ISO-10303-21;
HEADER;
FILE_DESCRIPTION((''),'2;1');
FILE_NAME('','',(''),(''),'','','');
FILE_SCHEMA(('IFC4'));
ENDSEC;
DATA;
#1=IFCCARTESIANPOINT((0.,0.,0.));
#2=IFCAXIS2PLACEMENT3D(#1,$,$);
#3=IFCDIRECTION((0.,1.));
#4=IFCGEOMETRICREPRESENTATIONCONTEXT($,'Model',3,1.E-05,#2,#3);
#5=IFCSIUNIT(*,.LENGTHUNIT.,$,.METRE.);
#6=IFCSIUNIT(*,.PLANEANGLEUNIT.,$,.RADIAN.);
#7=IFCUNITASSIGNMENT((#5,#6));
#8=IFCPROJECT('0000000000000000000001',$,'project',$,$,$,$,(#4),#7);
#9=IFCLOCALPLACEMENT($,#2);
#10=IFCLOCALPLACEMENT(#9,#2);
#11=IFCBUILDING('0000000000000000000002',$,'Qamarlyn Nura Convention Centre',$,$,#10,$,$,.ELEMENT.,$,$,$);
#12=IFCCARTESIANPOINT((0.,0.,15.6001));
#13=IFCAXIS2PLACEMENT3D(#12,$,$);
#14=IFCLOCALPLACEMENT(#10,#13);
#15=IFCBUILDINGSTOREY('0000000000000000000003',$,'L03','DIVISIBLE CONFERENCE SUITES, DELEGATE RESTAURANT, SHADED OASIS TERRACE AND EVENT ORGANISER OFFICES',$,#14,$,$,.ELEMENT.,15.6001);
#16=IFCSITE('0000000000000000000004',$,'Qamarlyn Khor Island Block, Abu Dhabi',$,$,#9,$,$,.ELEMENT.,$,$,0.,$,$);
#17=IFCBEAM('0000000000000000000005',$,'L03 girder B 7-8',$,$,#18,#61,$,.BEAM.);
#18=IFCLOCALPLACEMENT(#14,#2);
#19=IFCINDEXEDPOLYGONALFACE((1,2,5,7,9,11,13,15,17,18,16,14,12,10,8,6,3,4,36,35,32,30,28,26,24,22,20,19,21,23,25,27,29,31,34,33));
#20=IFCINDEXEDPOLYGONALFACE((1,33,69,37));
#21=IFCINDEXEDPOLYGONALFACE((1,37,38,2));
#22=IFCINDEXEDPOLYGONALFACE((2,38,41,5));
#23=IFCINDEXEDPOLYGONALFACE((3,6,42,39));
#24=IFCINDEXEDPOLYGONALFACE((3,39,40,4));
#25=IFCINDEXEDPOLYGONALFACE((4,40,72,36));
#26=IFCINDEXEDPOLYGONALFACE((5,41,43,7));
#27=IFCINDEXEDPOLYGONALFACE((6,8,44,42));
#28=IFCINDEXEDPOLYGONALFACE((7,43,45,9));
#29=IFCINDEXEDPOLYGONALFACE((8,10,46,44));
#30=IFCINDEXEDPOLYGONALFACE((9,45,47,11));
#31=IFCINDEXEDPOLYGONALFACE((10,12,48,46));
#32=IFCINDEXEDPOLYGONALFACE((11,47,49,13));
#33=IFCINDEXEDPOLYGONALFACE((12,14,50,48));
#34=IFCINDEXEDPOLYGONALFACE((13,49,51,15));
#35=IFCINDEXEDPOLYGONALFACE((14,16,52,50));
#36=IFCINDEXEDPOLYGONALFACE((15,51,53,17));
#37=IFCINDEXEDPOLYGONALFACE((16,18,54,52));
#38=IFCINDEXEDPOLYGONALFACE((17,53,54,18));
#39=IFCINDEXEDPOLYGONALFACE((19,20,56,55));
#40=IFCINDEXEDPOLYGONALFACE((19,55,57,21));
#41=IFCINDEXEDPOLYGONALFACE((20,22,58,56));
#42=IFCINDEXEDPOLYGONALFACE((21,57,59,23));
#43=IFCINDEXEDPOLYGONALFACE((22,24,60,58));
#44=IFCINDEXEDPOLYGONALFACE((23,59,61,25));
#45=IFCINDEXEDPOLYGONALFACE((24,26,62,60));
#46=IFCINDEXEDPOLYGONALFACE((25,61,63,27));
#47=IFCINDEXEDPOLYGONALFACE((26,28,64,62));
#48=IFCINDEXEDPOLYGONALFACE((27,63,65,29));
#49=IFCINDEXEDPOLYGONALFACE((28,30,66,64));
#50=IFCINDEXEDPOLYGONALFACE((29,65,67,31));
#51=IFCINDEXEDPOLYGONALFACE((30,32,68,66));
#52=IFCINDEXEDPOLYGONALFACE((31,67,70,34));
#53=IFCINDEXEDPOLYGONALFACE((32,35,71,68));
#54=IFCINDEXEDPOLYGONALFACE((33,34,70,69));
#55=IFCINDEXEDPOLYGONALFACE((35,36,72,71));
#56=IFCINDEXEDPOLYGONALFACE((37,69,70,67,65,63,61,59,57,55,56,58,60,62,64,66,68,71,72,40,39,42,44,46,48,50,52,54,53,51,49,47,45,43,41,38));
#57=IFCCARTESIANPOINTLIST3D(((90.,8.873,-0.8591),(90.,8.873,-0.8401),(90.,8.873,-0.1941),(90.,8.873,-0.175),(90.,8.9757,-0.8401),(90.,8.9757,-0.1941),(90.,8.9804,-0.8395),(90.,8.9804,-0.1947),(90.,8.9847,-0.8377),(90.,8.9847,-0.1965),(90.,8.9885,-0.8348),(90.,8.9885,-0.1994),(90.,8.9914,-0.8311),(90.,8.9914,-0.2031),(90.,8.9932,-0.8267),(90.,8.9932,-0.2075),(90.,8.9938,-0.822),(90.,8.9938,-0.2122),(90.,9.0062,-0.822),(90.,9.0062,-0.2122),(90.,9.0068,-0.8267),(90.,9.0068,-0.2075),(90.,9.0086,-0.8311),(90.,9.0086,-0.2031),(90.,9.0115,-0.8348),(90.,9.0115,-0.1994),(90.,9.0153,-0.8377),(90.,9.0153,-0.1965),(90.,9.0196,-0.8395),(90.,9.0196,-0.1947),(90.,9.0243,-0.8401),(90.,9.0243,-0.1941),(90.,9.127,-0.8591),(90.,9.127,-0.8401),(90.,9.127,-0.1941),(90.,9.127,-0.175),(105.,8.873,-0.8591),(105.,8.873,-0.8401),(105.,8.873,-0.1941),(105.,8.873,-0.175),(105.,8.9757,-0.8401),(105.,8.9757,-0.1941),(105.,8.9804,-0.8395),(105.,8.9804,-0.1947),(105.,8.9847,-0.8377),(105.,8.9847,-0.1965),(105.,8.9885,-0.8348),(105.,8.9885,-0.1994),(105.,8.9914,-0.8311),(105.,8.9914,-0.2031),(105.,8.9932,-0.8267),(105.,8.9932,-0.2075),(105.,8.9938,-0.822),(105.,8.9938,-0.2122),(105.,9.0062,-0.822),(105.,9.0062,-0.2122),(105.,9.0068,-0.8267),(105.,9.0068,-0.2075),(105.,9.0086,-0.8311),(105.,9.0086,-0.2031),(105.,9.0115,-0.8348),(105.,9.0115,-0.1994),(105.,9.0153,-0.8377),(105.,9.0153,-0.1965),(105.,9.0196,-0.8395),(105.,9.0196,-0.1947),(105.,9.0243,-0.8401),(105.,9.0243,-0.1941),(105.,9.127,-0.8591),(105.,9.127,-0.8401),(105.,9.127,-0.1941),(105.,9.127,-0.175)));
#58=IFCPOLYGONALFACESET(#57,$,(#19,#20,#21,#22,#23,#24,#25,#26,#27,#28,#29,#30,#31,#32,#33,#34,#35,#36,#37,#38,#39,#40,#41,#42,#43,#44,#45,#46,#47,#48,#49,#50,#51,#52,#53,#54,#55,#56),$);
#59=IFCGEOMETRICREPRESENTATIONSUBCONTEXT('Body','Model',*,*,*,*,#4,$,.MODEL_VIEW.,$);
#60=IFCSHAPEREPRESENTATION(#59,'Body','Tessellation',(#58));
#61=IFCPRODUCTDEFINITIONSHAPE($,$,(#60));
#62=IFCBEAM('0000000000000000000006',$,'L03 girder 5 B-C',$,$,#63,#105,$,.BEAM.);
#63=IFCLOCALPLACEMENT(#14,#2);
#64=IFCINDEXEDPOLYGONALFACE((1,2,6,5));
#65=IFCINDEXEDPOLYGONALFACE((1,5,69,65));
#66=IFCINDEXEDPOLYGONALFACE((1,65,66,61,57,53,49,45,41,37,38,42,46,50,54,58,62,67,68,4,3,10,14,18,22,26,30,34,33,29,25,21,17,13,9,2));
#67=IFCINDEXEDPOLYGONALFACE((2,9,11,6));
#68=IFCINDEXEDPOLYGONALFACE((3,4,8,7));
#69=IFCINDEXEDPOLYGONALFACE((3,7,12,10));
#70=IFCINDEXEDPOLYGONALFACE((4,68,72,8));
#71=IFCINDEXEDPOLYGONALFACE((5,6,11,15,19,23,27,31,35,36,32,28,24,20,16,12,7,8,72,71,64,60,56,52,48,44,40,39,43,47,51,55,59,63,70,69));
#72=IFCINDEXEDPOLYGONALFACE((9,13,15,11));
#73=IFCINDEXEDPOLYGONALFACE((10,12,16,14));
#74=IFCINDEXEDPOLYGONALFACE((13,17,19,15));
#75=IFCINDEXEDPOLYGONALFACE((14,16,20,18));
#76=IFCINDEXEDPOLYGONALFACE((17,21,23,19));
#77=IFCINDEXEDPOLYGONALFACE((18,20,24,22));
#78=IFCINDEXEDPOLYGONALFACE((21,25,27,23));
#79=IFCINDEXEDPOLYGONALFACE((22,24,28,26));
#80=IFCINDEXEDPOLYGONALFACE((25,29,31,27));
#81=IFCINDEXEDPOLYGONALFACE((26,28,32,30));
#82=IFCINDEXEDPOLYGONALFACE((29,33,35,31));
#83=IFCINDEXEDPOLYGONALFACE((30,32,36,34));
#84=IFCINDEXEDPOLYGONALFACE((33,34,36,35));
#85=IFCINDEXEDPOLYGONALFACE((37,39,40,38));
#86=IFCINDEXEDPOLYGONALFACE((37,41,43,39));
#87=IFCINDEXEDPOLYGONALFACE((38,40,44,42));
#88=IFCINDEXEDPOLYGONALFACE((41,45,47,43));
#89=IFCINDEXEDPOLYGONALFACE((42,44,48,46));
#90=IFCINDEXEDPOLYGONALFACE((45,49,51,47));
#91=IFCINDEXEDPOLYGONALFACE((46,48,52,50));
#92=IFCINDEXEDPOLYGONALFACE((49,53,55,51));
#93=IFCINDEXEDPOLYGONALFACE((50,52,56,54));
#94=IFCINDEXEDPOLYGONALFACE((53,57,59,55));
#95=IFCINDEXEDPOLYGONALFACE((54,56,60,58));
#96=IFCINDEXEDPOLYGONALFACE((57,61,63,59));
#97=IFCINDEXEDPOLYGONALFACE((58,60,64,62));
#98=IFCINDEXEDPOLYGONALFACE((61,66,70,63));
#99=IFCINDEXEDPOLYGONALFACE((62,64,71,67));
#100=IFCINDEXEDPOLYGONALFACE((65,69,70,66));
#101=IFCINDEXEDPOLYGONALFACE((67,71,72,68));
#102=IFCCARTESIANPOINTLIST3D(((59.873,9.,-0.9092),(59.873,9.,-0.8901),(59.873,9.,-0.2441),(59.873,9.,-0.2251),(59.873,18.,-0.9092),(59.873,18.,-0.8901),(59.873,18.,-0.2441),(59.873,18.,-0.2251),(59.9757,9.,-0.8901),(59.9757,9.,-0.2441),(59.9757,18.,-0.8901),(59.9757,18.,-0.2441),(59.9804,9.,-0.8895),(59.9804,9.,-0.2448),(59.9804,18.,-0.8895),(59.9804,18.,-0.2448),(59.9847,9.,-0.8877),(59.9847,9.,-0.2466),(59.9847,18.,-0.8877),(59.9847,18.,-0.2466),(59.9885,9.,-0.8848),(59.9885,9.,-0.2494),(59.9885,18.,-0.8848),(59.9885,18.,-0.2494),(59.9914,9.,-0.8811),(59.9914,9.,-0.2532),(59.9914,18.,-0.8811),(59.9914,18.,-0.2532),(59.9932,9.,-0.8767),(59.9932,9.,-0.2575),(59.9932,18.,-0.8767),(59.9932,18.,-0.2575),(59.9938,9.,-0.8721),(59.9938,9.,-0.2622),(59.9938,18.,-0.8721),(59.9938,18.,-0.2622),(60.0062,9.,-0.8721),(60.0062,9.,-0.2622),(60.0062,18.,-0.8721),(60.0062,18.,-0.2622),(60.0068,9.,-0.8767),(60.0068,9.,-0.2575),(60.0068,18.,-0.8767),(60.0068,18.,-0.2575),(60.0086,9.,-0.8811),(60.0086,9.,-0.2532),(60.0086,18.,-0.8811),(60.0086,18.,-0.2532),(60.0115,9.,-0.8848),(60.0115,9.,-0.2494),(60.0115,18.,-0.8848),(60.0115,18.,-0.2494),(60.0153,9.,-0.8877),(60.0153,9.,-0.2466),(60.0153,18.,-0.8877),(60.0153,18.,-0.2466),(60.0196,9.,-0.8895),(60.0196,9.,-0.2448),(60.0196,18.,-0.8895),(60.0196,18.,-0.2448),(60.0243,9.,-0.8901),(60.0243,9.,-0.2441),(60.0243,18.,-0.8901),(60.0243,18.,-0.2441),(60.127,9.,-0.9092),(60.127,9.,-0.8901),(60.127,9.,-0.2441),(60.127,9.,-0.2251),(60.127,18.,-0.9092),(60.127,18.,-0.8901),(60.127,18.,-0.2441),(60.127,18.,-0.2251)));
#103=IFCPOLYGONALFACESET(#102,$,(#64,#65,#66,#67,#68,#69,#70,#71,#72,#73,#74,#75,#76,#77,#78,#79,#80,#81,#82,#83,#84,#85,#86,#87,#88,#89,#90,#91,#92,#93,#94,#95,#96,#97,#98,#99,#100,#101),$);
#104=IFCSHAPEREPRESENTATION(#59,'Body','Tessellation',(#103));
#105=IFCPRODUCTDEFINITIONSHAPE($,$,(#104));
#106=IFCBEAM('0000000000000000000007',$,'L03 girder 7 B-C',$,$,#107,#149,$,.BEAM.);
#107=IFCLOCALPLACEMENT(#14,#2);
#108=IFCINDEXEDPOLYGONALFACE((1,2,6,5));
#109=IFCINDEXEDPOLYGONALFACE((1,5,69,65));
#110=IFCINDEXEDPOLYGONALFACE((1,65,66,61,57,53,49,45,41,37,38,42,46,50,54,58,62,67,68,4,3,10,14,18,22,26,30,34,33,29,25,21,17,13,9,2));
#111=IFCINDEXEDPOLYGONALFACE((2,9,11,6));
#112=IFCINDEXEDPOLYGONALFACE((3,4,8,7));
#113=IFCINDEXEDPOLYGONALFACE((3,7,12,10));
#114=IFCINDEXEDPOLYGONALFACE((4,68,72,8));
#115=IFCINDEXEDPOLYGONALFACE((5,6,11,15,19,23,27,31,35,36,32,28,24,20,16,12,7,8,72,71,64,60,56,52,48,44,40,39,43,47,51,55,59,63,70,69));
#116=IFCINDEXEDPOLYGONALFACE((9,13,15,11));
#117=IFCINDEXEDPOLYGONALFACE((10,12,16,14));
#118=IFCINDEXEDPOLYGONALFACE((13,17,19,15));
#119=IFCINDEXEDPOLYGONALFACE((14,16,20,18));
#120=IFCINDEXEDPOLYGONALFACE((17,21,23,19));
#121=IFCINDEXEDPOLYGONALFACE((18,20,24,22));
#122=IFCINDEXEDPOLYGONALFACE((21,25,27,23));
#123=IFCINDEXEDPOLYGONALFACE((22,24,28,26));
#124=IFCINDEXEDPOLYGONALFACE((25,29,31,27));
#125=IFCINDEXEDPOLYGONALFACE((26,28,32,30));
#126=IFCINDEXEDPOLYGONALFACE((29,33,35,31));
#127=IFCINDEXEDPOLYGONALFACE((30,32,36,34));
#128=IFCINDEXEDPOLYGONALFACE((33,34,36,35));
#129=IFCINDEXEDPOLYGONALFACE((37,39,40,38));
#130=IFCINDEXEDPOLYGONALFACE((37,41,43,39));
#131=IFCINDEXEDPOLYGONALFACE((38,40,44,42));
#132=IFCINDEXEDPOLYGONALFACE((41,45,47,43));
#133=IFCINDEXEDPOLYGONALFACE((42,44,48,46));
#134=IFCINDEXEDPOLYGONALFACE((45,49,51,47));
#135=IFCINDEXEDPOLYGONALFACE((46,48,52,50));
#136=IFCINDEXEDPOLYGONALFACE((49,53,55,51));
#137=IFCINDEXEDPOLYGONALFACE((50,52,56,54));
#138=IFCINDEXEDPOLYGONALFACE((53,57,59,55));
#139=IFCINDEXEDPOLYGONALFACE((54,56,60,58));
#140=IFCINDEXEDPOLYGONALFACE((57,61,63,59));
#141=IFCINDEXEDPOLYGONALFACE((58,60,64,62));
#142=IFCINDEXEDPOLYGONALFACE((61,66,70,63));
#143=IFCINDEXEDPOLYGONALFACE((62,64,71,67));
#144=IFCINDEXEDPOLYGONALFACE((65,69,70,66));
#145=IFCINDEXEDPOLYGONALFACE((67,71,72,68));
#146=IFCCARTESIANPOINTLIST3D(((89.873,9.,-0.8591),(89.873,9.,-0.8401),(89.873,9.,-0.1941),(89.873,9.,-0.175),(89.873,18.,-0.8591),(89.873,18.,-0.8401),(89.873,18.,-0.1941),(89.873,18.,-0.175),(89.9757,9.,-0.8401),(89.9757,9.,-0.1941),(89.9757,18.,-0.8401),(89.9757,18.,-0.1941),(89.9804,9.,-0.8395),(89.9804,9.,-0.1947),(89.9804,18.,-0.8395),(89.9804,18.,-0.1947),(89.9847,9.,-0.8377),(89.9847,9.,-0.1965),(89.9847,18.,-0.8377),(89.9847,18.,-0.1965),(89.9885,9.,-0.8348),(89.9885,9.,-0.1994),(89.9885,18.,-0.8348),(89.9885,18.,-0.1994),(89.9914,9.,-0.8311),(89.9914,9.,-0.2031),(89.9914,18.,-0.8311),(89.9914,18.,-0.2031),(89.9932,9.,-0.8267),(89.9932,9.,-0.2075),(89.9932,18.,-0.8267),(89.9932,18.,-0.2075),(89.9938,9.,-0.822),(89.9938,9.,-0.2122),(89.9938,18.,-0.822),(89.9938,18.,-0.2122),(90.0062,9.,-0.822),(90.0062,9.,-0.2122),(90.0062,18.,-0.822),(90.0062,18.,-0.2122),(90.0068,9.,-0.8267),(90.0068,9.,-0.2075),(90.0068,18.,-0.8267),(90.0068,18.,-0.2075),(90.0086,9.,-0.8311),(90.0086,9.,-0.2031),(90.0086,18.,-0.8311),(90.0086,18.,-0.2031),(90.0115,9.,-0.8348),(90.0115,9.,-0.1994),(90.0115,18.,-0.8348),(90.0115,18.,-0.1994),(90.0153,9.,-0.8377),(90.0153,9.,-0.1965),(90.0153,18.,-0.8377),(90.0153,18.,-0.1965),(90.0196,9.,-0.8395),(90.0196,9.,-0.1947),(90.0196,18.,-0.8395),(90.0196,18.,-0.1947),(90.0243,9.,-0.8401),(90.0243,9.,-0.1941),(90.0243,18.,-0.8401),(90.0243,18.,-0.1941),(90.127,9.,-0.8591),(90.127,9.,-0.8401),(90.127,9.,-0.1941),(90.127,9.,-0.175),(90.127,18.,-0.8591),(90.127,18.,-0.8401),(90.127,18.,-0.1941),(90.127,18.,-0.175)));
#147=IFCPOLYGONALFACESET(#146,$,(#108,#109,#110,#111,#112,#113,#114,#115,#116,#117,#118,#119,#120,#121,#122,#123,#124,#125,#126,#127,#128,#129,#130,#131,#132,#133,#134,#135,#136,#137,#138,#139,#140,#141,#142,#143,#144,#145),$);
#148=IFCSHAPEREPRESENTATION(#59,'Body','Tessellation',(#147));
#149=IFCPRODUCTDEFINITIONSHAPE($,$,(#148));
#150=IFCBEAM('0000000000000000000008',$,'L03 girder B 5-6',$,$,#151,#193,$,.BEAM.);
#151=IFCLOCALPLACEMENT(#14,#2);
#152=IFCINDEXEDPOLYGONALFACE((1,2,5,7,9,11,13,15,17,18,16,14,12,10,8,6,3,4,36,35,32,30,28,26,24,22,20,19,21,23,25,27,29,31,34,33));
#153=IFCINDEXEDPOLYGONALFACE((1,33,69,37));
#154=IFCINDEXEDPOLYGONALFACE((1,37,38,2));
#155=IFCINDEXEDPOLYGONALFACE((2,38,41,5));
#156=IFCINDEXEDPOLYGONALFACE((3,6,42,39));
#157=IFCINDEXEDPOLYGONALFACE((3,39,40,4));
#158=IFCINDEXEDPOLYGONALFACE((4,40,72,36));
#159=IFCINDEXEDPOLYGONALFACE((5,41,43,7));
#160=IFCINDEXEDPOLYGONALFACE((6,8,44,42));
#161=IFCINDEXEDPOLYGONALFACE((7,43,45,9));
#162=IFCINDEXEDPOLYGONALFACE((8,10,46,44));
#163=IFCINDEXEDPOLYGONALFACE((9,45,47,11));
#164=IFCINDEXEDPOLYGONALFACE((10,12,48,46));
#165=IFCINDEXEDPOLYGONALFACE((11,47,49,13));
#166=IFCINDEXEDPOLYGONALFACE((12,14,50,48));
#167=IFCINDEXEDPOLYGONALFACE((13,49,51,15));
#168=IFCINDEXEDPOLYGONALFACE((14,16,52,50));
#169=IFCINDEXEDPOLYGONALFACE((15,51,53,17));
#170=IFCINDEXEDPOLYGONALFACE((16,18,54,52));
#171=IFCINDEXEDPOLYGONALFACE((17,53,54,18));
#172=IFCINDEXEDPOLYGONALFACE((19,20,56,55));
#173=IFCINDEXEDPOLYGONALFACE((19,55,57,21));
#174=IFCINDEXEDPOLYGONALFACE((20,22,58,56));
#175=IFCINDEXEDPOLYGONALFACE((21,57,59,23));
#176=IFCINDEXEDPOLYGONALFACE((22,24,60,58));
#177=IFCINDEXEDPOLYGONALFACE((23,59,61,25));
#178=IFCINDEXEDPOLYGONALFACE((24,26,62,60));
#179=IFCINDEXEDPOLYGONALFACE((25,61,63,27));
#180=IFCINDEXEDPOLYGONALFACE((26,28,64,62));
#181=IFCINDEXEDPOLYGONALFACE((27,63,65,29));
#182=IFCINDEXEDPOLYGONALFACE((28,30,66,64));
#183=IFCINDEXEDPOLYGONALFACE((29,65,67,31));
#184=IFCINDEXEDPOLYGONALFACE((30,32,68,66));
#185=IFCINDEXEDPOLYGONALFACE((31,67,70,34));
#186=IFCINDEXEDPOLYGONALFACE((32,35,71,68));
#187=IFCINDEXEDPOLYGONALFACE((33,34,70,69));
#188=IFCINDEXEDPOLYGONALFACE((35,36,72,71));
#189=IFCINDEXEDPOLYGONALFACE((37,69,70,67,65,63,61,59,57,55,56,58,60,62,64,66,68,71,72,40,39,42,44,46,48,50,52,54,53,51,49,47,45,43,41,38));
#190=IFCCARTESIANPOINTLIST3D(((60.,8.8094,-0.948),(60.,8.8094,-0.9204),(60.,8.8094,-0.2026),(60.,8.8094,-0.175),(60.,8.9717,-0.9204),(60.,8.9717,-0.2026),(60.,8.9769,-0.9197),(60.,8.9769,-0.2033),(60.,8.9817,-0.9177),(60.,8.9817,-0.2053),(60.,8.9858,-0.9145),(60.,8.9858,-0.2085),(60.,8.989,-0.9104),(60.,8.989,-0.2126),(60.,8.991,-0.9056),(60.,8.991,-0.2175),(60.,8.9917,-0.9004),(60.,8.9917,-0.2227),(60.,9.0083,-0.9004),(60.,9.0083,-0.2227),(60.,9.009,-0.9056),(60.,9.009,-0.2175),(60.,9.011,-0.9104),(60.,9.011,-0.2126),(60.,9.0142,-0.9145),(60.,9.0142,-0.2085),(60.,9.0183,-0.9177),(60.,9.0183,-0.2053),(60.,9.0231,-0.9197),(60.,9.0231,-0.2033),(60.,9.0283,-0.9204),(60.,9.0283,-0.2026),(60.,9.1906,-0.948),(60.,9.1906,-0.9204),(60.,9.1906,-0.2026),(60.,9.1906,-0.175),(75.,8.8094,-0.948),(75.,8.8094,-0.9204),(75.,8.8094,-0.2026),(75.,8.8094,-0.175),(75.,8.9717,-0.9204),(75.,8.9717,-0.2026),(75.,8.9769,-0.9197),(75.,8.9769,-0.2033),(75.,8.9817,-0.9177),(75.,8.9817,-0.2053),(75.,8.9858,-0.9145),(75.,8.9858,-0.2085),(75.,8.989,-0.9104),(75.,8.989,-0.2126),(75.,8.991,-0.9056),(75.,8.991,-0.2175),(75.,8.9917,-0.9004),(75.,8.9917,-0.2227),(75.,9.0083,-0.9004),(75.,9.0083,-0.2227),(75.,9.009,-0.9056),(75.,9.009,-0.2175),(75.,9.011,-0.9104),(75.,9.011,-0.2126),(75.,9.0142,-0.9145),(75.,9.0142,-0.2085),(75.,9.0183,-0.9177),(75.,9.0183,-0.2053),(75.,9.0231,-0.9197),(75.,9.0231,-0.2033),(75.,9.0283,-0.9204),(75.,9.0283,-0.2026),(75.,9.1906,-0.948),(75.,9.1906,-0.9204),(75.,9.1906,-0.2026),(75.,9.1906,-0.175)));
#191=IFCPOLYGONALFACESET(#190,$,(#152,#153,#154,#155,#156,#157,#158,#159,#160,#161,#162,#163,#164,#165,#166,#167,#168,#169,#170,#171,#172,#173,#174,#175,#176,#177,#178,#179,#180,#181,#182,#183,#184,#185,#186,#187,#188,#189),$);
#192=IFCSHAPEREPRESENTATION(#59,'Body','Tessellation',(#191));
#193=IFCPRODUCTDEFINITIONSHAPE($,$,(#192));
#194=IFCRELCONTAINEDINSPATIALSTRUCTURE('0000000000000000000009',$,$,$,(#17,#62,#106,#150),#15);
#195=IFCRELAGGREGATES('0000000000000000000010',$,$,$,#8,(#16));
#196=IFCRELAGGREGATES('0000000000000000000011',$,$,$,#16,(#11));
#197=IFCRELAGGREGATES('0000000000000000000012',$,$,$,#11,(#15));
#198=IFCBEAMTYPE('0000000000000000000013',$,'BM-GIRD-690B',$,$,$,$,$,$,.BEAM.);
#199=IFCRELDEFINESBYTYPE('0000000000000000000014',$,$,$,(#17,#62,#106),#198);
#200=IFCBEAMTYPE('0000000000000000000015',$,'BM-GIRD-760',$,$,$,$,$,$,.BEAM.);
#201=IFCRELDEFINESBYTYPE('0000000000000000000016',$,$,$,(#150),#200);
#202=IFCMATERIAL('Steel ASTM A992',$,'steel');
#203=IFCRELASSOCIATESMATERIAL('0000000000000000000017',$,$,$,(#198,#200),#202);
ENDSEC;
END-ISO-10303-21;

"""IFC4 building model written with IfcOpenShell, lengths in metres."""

from ifc_helpers import new_model, si_unit, direction, frame, origin, origin_2d, place, context, subcontext, project, spatial, i_section, extrude, material, material_profile, profile_set, type_object, element, save


model = new_model("IFC4")

# Units and contexts
model_context = context("Model", 3, precision=1e-05, world=origin(), true_north=direction((0.0, 1.0)))
body_context = subcontext(model_context, "Body", "Model", "MODEL_VIEW")
ifc_project = project(units=[si_unit("LENGTHUNIT", "METRE"), si_unit("PLANEANGLEUNIT", "RADIAN")], contexts=[model_context])

# Site, building, storey
site_placement = place(None, origin())
site = spatial("IfcSite", under=ifc_project, at=site_placement, Name="Qamarlyn Khor Island Block, Abu Dhabi", CompositionType="ELEMENT", RefElevation=0.0)
building_placement = place(site_placement, origin())
building = spatial("IfcBuilding", under=site, at=building_placement, Name="Qamarlyn Nura Convention Centre", CompositionType="ELEMENT")
storey_placement = place(building_placement, frame((0.0, 0.0, 15.6001)))
storey = spatial("IfcBuildingStorey", under=building, at=storey_placement, Name="L03", Description="DIVISIBLE CONFERENCE SUITES, DELEGATE RESTAURANT, SHADED OASIS TERRACE AND EVENT ORGANISER OFFICES", CompositionType="ELEMENT", Elevation=15.6001)

# Beams
ifc_material_1 = material(Name="Steel ASTM A992", Category="steel")
ifc_material_profile_1 = material_profile(ifc_material_1, i_section(OverallWidth=0.2539, OverallDepth=0.6841, WebThickness=0.0125, FlangeThickness=0.019, FilletRadius=0.0181, at=origin_2d()), Name="W690X140")
ifc_profile_set_1 = profile_set([ifc_material_profile_1], Name="Steel ASTM A992")
beam_type_1 = type_object("IfcBeamType", Name="BM-GIRD-690B", PredefinedType="BEAM", material=ifc_profile_set_1)
beam_1_placement = place(storey_placement, frame((90.0, 9.0, -0.5171), z_axis=(1.0, 0.0, 0.0), x_axis=(0.0, 1.0, 0.0)))
element("IfcBeam", 1, at=beam_1_placement, inside=storey, type_object=beam_type_1, Name="L03 girder B 7-8", PredefinedType="BEAM", context=body_context, shape_type="SweptSolid", body=[
    extrude(i_section(OverallWidth=0.2539, OverallDepth=0.6841, WebThickness=0.0125, FlangeThickness=0.019, FilletRadius=0.0181, at=origin_2d()), origin(), (0.0, 0.0, 1.0), 15.0),
])
for number, where, z_axis, x_axis, name in (
    (2, (60.0, 9.0, -0.5671), (0.0, 1.0, 0.0), (-1.0, 0.0, 0.0), "L03 girder 5 B-C"),
    (3, (90.0, 9.0, -0.5171), (0.0, 1.0, 0.0), (-1.0, 0.0, 0.0), "L03 girder 7 B-C"),
):
    element("IfcBeam", number, at=place(storey_placement, frame(where, z_axis=z_axis, x_axis=x_axis)), inside=storey, type_object=beam_type_1, Name=name, PredefinedType="BEAM", context=body_context, shape_type="SweptSolid", body=[
        extrude(i_section(OverallWidth=0.2539, OverallDepth=0.6841, WebThickness=0.0125, FlangeThickness=0.019, FilletRadius=0.0181, at=origin_2d()), origin(), (0.0, 0.0, 1.0), 9.0),
    ])
ifc_material_profile_2 = material_profile(ifc_material_1, i_section(OverallWidth=0.3811, OverallDepth=0.7729, WebThickness=0.0166, FlangeThickness=0.0276, FilletRadius=0.02, at=origin_2d()), Name="W760X257")
ifc_profile_set_2 = profile_set([ifc_material_profile_2], Name="Steel ASTM A992")
beam_type_2 = type_object("IfcBeamType", Name="BM-GIRD-760", PredefinedType="BEAM", material=ifc_profile_set_2)
beam_2_placement = place(storey_placement, frame((60.0, 9.0, -0.5615), z_axis=(1.0, 0.0, 0.0), x_axis=(0.0, 1.0, 0.0)))
element("IfcBeam", 4, at=beam_2_placement, inside=storey, type_object=beam_type_2, Name="L03 girder B 5-6", PredefinedType="BEAM", context=body_context, shape_type="SweptSolid", body=[
    extrude(i_section(OverallWidth=0.3811, OverallDepth=0.7729, WebThickness=0.0166, FlangeThickness=0.0276, FilletRadius=0.02, at=origin_2d()), origin(), (0.0, 0.0, 1.0), 15.0),
])

save(model, "model.ifc")
